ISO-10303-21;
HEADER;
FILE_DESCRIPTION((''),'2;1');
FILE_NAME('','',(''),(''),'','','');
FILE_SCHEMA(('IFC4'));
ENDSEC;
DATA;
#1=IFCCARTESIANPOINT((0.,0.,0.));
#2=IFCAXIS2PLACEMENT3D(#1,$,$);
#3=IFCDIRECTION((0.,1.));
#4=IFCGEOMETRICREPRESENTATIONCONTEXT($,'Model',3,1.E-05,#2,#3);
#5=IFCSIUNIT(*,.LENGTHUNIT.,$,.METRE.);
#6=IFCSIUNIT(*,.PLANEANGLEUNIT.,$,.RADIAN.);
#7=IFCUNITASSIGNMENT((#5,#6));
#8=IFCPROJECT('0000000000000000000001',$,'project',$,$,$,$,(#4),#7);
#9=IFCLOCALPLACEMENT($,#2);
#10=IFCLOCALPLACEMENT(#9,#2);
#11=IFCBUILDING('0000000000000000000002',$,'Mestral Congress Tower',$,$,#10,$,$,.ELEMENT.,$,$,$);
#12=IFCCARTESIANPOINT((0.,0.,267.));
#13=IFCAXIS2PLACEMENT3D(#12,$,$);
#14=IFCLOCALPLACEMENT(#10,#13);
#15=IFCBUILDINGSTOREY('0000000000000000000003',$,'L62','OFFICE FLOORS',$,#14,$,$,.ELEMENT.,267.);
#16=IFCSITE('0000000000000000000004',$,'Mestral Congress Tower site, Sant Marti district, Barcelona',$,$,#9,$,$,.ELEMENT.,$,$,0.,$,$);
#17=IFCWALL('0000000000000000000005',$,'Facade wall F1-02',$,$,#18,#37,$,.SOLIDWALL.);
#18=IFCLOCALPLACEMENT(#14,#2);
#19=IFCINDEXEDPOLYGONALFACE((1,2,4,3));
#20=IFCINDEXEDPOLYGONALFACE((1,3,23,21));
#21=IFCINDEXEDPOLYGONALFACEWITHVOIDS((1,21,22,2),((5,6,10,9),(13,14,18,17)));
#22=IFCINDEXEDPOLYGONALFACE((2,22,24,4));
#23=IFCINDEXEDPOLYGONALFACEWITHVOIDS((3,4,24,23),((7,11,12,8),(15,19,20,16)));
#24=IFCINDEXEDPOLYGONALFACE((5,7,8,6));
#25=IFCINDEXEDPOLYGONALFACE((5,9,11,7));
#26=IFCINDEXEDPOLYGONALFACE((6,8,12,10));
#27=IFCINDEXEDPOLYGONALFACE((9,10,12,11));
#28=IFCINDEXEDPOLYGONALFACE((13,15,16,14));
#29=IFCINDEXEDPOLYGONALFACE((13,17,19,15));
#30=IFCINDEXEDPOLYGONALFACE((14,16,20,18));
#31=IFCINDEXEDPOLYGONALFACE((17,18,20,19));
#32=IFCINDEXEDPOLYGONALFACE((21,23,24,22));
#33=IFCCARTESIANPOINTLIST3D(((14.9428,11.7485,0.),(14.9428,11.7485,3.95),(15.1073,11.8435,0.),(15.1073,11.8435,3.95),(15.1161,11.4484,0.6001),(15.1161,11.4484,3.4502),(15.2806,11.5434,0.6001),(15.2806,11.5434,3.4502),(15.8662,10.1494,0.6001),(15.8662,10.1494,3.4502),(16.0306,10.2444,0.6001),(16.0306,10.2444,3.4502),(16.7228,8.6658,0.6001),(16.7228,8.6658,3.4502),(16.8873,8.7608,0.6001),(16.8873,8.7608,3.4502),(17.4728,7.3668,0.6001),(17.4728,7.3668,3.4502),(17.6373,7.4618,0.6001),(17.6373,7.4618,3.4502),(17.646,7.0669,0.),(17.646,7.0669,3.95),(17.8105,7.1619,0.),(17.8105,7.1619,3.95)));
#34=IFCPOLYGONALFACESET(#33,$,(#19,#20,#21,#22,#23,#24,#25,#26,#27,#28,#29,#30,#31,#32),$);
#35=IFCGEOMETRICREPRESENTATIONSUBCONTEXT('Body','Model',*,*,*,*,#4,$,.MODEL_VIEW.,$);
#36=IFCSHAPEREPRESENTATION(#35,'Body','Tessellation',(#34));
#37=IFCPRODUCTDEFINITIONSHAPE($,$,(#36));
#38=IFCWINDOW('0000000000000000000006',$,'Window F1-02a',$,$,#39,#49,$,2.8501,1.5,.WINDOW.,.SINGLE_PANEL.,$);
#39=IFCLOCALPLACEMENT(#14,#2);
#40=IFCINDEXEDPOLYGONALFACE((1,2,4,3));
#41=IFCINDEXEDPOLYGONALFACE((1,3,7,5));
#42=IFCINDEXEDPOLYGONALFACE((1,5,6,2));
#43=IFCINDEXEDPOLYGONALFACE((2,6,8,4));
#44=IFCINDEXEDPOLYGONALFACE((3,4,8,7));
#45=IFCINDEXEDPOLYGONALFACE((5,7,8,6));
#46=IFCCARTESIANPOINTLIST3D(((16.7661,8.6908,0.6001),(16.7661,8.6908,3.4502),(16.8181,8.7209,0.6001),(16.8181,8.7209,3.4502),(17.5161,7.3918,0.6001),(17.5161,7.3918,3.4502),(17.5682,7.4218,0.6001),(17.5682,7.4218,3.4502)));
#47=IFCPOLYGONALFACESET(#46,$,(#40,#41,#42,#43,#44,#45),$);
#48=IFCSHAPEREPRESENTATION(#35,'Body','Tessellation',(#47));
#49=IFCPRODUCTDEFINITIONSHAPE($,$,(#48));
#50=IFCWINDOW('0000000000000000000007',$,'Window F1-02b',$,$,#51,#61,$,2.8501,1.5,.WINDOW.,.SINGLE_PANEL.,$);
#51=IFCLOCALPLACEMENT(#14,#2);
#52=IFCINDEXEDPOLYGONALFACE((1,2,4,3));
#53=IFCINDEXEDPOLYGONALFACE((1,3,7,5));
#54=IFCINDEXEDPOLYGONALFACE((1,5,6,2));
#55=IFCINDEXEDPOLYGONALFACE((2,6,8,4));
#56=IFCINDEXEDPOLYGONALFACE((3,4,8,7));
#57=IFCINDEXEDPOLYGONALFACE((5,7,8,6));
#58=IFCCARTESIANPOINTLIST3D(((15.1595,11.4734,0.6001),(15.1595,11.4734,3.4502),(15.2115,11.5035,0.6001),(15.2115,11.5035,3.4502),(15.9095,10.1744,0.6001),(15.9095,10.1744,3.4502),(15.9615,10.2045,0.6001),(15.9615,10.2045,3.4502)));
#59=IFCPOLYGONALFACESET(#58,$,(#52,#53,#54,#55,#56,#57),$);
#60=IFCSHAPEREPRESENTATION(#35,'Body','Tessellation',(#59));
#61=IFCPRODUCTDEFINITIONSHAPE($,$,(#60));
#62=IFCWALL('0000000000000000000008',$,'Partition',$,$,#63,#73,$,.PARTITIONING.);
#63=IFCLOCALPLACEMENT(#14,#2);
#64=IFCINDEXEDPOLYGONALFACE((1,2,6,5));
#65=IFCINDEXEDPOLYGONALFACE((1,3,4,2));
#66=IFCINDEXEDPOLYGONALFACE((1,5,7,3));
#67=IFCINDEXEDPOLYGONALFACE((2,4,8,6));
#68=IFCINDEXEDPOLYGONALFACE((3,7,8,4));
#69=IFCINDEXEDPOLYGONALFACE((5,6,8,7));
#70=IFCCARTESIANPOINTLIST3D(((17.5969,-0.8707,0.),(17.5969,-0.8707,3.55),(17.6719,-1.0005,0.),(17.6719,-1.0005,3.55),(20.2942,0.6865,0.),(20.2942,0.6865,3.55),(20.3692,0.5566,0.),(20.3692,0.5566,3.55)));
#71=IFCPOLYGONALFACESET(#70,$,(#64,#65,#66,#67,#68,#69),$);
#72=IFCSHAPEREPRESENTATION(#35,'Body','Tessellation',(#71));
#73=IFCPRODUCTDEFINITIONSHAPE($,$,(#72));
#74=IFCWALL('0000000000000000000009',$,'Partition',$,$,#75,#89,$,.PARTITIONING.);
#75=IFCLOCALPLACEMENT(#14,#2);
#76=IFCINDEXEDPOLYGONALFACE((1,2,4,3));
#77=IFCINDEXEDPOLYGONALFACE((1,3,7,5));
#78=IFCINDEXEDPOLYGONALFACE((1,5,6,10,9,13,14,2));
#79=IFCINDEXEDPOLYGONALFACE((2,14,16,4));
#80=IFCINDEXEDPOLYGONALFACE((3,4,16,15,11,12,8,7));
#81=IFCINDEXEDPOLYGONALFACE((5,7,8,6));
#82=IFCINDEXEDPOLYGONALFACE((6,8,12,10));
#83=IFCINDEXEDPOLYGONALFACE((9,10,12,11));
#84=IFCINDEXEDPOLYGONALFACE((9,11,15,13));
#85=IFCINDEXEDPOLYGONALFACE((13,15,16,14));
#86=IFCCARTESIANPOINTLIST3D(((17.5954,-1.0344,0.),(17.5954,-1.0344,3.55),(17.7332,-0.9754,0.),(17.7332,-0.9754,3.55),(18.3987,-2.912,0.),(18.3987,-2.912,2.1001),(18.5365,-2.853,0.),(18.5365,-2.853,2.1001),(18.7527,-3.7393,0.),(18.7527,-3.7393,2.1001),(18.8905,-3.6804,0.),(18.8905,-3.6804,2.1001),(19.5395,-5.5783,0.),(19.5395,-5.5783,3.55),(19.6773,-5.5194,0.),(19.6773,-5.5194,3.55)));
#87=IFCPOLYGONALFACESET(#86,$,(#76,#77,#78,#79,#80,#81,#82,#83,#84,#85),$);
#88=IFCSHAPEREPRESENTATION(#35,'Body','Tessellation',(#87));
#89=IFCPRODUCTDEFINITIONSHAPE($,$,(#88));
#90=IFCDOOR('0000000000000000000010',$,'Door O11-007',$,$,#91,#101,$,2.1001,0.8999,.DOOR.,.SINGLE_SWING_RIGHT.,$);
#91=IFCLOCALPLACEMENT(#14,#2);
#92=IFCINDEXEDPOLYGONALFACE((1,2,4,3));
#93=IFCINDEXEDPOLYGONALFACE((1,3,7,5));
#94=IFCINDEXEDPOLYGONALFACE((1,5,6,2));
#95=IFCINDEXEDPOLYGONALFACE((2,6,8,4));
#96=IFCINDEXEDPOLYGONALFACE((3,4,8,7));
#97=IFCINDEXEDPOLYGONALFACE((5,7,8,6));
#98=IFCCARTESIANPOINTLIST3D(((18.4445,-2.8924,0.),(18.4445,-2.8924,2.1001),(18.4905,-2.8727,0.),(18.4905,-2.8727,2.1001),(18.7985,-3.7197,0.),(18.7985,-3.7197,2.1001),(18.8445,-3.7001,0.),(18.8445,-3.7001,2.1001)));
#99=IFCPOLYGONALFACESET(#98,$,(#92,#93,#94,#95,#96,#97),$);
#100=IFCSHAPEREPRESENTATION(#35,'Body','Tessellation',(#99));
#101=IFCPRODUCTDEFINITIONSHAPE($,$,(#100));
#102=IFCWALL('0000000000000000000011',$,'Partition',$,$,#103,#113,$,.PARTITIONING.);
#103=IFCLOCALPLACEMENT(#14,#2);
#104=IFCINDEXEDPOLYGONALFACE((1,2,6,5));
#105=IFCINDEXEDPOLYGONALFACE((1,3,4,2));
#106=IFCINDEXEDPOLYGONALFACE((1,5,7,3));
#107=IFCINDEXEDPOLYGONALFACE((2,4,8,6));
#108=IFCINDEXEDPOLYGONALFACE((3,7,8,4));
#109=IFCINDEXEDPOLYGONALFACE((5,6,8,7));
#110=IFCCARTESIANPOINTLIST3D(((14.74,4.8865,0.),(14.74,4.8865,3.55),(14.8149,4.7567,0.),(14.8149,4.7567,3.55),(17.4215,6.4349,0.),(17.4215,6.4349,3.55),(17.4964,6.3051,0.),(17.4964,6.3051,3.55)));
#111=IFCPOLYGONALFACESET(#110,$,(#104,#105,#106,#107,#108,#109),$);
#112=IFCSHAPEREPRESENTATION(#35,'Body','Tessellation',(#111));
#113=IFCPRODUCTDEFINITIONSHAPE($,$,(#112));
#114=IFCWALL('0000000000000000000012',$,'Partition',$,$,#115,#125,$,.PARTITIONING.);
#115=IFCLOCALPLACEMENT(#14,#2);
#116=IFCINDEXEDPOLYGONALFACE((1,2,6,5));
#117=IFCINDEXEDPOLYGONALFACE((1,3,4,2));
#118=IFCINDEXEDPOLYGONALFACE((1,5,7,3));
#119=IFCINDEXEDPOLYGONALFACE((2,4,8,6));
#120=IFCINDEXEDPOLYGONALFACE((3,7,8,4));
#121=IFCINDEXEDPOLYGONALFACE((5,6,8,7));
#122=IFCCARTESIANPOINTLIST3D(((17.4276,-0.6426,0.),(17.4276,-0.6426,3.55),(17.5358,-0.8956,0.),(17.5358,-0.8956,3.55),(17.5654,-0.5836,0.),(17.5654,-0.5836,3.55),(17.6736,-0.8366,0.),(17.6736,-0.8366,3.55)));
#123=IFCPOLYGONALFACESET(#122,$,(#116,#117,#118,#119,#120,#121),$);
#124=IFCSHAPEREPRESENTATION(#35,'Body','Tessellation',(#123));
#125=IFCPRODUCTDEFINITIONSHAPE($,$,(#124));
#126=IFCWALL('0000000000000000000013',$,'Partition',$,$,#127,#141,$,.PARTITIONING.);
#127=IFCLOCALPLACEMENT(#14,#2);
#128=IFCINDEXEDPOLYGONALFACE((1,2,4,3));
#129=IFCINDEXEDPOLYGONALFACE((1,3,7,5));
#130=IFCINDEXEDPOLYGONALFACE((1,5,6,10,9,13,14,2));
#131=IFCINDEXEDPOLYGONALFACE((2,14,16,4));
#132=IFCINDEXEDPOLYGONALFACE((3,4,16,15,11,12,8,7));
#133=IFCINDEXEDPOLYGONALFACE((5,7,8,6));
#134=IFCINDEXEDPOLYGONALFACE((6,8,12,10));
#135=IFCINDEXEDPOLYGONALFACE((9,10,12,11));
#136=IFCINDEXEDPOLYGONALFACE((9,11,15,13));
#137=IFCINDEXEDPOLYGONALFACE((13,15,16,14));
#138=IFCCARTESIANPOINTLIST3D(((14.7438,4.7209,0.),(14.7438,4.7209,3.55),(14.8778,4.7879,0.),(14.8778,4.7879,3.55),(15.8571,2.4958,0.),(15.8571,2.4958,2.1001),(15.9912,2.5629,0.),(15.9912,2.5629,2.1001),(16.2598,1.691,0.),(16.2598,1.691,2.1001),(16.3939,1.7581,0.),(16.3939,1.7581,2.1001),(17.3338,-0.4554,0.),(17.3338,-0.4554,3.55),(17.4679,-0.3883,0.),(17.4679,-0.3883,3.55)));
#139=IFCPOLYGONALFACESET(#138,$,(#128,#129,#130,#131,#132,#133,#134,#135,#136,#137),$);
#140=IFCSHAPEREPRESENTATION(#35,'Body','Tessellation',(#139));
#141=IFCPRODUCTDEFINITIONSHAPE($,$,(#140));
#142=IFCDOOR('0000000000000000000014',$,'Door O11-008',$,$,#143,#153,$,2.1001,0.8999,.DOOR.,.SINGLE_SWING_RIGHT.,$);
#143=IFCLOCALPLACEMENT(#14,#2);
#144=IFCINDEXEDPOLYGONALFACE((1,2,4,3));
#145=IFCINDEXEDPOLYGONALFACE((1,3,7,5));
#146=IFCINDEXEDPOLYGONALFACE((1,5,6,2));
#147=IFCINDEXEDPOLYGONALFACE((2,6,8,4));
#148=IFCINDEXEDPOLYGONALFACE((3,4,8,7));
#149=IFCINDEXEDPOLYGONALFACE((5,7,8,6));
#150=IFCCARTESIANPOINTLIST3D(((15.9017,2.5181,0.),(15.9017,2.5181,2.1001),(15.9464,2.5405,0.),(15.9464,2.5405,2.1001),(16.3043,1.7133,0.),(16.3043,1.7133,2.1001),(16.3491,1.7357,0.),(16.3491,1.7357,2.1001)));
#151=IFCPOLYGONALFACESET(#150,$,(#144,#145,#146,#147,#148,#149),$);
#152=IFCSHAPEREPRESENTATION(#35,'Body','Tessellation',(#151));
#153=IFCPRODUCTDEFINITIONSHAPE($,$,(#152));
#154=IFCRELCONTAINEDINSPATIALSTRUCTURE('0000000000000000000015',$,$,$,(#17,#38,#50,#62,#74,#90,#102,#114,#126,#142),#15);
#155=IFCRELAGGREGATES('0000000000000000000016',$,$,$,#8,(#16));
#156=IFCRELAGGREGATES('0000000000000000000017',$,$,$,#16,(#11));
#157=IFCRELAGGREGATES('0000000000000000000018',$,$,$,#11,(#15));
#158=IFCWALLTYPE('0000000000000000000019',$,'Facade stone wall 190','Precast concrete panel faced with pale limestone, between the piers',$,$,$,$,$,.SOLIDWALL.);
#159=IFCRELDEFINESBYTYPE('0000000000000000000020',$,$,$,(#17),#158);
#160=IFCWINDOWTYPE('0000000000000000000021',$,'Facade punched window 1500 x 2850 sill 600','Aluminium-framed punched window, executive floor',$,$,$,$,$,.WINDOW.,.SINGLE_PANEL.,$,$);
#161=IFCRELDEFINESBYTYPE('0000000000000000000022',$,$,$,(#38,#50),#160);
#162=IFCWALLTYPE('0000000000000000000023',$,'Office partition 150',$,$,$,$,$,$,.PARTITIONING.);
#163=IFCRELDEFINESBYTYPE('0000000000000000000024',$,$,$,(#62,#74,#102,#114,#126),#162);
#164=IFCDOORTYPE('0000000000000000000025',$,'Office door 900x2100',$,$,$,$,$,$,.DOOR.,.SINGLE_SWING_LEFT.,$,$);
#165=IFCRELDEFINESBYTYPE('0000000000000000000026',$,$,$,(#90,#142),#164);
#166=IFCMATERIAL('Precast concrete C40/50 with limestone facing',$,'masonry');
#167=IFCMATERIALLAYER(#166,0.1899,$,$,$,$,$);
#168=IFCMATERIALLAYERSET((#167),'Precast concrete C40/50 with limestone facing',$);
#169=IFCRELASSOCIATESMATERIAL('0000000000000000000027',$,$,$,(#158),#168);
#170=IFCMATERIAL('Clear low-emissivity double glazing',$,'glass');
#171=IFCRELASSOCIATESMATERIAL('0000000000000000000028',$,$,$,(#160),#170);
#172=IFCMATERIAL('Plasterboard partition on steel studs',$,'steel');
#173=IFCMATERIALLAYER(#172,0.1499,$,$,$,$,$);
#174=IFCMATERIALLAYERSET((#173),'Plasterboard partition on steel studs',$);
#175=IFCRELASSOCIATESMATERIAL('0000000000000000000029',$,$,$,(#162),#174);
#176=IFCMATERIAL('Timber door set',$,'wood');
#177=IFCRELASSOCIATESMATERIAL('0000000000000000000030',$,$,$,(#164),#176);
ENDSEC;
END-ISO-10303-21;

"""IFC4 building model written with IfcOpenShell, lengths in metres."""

from ifc_helpers import new_model, si_unit, direction, frame, frame_2d, origin, place, context, subcontext, project, spatial, rectangle, extrude, material, layer, layer_set, type_object, element, fill, save


model = new_model("IFC4")

# Units and contexts
model_context = context("Model", 3, precision=1e-05, world=origin(), true_north=direction((0.0, 1.0)))
body_context = subcontext(model_context, "Body", "Model", "MODEL_VIEW")
ifc_project = project(units=[si_unit("LENGTHUNIT", "METRE"), si_unit("PLANEANGLEUNIT", "RADIAN")], contexts=[model_context])

# Site, building, storey
site_placement = place(None, origin())
site = spatial("IfcSite", under=ifc_project, at=site_placement, Name="Mestral Congress Tower site, Sant Marti district, Barcelona", CompositionType="ELEMENT", RefElevation=0.0)
building_placement = place(site_placement, origin())
building = spatial("IfcBuilding", under=site, at=building_placement, Name="Mestral Congress Tower", CompositionType="ELEMENT")
storey_placement = place(building_placement, frame((0.0, 0.0, 267.0)))
storey = spatial("IfcBuildingStorey", under=building, at=storey_placement, Name="L62", Description="OFFICE FLOORS", CompositionType="ELEMENT", Elevation=267.0)

# Wall, openings, windows
ifc_material_1 = material(Name="Precast concrete C40/50 with limestone facing", Category="masonry")
ifc_layer_1 = layer(ifc_material_1, 0.1899)
ifc_layer_set_1 = layer_set([ifc_layer_1], Name="Precast concrete C40/50 with limestone facing")
wall_type_1 = type_object("IfcWallType", Name="Facade stone wall 190", Description="Precast concrete panel faced with pale limestone, between the piers", PredefinedType="SOLIDWALL", material=ifc_layer_set_1)
ifc_material_2 = material(Name="Clear low-emissivity double glazing", Category="glass")
window_type = type_object("IfcWindowType", Name="Facade punched window 1500 x 2850 sill 600", Description="Aluminium-framed punched window, executive floor", PartitioningType="SINGLE_PANEL", PredefinedType="WINDOW", material=ifc_material_2)
wall_1_placement = place(storey_placement, frame((17.7283, 7.1143, 0.0), z_axis=(0.0, 0.0, 1.0), x_axis=(-0.500025, 0.866011, 0.0)))
wall_1 = element("IfcWall", 1, at=wall_1_placement, inside=storey, type_object=wall_type_1, Name="Facade wall F1-02", PredefinedType="SOLIDWALL", context=body_context, shape_type="SweptSolid", body=[
    extrude(rectangle(XDim=5.406, YDim=0.1899, at=frame_2d((2.7031, 0.0))), origin(), (0.0, 0.0, 1.0), 3.95),
])
opening_1_placement = place(wall_1_placement, frame((0.3464, 0.0, 0.6001)))
opening_1 = element("IfcOpeningElement", 2, at=opening_1_placement, cuts=wall_1, PredefinedType="OPENING", context=body_context, shape_type="SweptSolid", body=[
    extrude(rectangle(XDim=1.5, YDim=2.8501, at=frame_2d((0.75, 1.425))), frame((0.0, 0.105, 0.0), z_axis=(0.0, -1.0, 0.0), x_axis=(1.0, 0.0, 0.0)), (0.0, 0.0, 1.0), 0.21),
])
opening_2_placement = place(wall_1_placement, frame((3.5596, 0.0, 0.6001)))
opening_2 = element("IfcOpeningElement", 3, at=opening_2_placement, cuts=wall_1, PredefinedType="OPENING", context=body_context, shape_type="SweptSolid", body=[
    extrude(rectangle(XDim=1.5, YDim=2.8501, at=frame_2d((0.75, 1.425))), frame((0.0, 0.105, 0.0), z_axis=(0.0, -1.0, 0.0), x_axis=(1.0, 0.0, 0.0)), (0.0, 0.0, 1.0), 0.21),
])
window_1_placement = place(opening_1_placement, origin())
window_1 = element("IfcWindow", 4, at=window_1_placement, inside=storey, type_object=window_type, Name="Window F1-02a", OverallHeight=2.8501, OverallWidth=1.5, PartitioningType="SINGLE_PANEL", PredefinedType="WINDOW", context=body_context, shape_type="SweptSolid", body=[
    extrude(rectangle(XDim=1.5, YDim=2.8501, at=frame_2d((0.75, 1.425))), frame((0.0, 0.0449, 0.0), z_axis=(0.0, -1.0, 0.0), x_axis=(1.0, 0.0, 0.0)), (0.0, 0.0, 1.0), 0.0601),
])
fill(opening_1, window_1)
window_2_placement = place(opening_2_placement, origin())
window_2 = element("IfcWindow", 5, at=window_2_placement, inside=storey, type_object=window_type, Name="Window F1-02b", OverallHeight=2.8501, OverallWidth=1.5, PartitioningType="SINGLE_PANEL", PredefinedType="WINDOW", context=body_context, shape_type="SweptSolid", body=[
    extrude(rectangle(XDim=1.5, YDim=2.8501, at=frame_2d((0.75, 1.425))), frame((0.0, 0.0449, 0.0), z_axis=(0.0, -1.0, 0.0), x_axis=(1.0, 0.0, 0.0)), (0.0, 0.0, 1.0), 0.0601),
])
fill(opening_2, window_2)

# Wall
ifc_material_3 = material(Name="Plasterboard partition on steel studs", Category="steel")
ifc_layer_2 = layer(ifc_material_3, 0.1499)
ifc_layer_set_2 = layer_set([ifc_layer_2], Name="Plasterboard partition on steel studs")
wall_type_2 = type_object("IfcWallType", Name="Office partition 150", PredefinedType="PARTITIONING", material=ifc_layer_set_2)
wall_2_placement = place(storey_placement, frame((17.6345, -0.9355, 0.0), z_axis=(0.0, 0.0, 1.0), x_axis=(0.866045, 0.499967, 0.0)))
element("IfcWall", 6, at=wall_2_placement, inside=storey, type_object=wall_type_2, Name="Partition", PredefinedType="PARTITIONING", context=body_context, shape_type="SweptSolid", body=[
    extrude(rectangle(XDim=3.1145, YDim=0.1499, at=frame_2d((1.5571, 0.0))), origin(), (0.0, 0.0, 1.0), 3.55),
])

# Wall, opening, door
wall_3_placement = place(storey_placement, frame((17.6643, -1.0049, 0.0), z_axis=(0.0, 0.0, 1.0), x_axis=(0.393353, -0.919388, 0.0)))
wall_3 = element("IfcWall", 7, at=wall_3_placement, inside=storey, type_object=wall_type_2, Name="Partition", PredefinedType="PARTITIONING", context=body_context, shape_type="SweptSolid", body=[
    extrude(rectangle(XDim=4.9424, YDim=0.1499, at=frame_2d((2.4712, 0.0))), origin(), (0.0, 0.0, 1.0), 3.55),
])
opening_3_placement = place(wall_3_placement, frame((2.0422, 0.0, 0.0)))
opening_3 = element("IfcOpeningElement", 8, at=opening_3_placement, cuts=wall_3, PredefinedType="OPENING", context=body_context, shape_type="SweptSolid", body=[
    extrude(rectangle(XDim=0.8999, YDim=2.1001, at=frame_2d((0.45, 1.05))), frame((0.0, 0.085, 0.0), z_axis=(0.0, -1.0, 0.0), x_axis=(1.0, 0.0, 0.0)), (0.0, 0.0, 1.0), 0.1699),
])
ifc_material_4 = material(Name="Timber door set", Category="wood")
door_type_1 = type_object("IfcDoorType", Name="Office door 900x2100", OperationType="SINGLE_SWING_LEFT", PredefinedType="DOOR", material=ifc_material_4)
door_1_placement = place(opening_3_placement, origin())
door_1 = element("IfcDoor", 9, at=door_1_placement, inside=storey, type_object=door_type_1, Name="Door O11-007", OperationType="SINGLE_SWING_RIGHT", OverallHeight=2.1001, OverallWidth=0.8999, PredefinedType="DOOR", context=body_context, shape_type="SweptSolid", body=[
    extrude(rectangle(XDim=0.8999, YDim=2.1001, at=frame_2d((0.45, 1.05))), frame((0.0, 0.0249, 0.0), z_axis=(0.0, -1.0, 0.0), x_axis=(1.0, 0.0, 0.0)), (0.0, 0.0, 1.0), 0.05),
])
fill(opening_3, door_1)

# Walls
wall_4_placement = place(storey_placement, frame((14.7773, 4.8215, 0.0), z_axis=(0.0, 0.0, 1.0), x_axis=(0.865993, 0.500057, 0.0)))
element("IfcWall", 10, at=wall_4_placement, inside=storey, type_object=wall_type_2, Name="Partition", PredefinedType="PARTITIONING", context=body_context, shape_type="SweptSolid", body=[
    extrude(rectangle(XDim=3.0964, YDim=0.1499, at=frame_2d((1.5483, 0.0))), origin(), (0.0, 0.0, 1.0), 3.55),
])
wall_5_placement = place(storey_placement, frame((17.6047, -0.8662, 0.0), z_axis=(0.0, 0.0, 1.0), x_axis=(-0.393169, 0.919466, 0.0)))
element("IfcWall", 11, at=wall_5_placement, inside=storey, type_object=wall_type_2, Name="Partition", PredefinedType="PARTITIONING", context=body_context, shape_type="SweptSolid", body=[
    extrude(rectangle(XDim=0.2751, YDim=0.1499, at=frame_2d((0.1377, 0.0))), origin(), (0.0, 0.0, 1.0), 3.55),
])

# Wall, opening, door
wall_6_placement = place(storey_placement, frame((14.8108, 4.7544, 0.0), z_axis=(0.0, 0.0, 1.0), x_axis=(0.447484, -0.894292, 0.0)))
wall_6 = element("IfcWall", 12, at=wall_6_placement, inside=storey, type_object=wall_type_2, Name="Partition", PredefinedType="PARTITIONING", context=body_context, shape_type="SweptSolid", body=[
    extrude(rectangle(XDim=5.7881, YDim=0.1499, at=frame_2d((2.894, 0.0))), origin(), (0.0, 0.0, 1.0), 3.55),
])
opening_4_placement = place(wall_6_placement, frame((2.488, 0.0, 0.0)))
opening_4 = element("IfcOpeningElement", 13, at=opening_4_placement, cuts=wall_6, PredefinedType="OPENING", context=body_context, shape_type="SweptSolid", body=[
    extrude(rectangle(XDim=0.8999, YDim=2.1001, at=frame_2d((0.45, 1.05))), frame((0.0, 0.085, 0.0), z_axis=(0.0, -1.0, 0.0), x_axis=(1.0, 0.0, 0.0)), (0.0, 0.0, 1.0), 0.1699),
])
door_2_placement = place(opening_4_placement, origin())
door_2 = element("IfcDoor", 14, at=door_2_placement, inside=storey, type_object=door_type_1, Name="Door O11-008", OperationType="SINGLE_SWING_RIGHT", OverallHeight=2.1001, OverallWidth=0.8999, PredefinedType="DOOR", context=body_context, shape_type="SweptSolid", body=[
    extrude(rectangle(XDim=0.8999, YDim=2.1001, at=frame_2d((0.45, 1.05))), frame((0.0, 0.0249, 0.0), z_axis=(0.0, -1.0, 0.0), x_axis=(1.0, 0.0, 0.0)), (0.0, 0.0, 1.0), 0.05),
])
fill(opening_4, door_2)

save(model, "model.ifc")
